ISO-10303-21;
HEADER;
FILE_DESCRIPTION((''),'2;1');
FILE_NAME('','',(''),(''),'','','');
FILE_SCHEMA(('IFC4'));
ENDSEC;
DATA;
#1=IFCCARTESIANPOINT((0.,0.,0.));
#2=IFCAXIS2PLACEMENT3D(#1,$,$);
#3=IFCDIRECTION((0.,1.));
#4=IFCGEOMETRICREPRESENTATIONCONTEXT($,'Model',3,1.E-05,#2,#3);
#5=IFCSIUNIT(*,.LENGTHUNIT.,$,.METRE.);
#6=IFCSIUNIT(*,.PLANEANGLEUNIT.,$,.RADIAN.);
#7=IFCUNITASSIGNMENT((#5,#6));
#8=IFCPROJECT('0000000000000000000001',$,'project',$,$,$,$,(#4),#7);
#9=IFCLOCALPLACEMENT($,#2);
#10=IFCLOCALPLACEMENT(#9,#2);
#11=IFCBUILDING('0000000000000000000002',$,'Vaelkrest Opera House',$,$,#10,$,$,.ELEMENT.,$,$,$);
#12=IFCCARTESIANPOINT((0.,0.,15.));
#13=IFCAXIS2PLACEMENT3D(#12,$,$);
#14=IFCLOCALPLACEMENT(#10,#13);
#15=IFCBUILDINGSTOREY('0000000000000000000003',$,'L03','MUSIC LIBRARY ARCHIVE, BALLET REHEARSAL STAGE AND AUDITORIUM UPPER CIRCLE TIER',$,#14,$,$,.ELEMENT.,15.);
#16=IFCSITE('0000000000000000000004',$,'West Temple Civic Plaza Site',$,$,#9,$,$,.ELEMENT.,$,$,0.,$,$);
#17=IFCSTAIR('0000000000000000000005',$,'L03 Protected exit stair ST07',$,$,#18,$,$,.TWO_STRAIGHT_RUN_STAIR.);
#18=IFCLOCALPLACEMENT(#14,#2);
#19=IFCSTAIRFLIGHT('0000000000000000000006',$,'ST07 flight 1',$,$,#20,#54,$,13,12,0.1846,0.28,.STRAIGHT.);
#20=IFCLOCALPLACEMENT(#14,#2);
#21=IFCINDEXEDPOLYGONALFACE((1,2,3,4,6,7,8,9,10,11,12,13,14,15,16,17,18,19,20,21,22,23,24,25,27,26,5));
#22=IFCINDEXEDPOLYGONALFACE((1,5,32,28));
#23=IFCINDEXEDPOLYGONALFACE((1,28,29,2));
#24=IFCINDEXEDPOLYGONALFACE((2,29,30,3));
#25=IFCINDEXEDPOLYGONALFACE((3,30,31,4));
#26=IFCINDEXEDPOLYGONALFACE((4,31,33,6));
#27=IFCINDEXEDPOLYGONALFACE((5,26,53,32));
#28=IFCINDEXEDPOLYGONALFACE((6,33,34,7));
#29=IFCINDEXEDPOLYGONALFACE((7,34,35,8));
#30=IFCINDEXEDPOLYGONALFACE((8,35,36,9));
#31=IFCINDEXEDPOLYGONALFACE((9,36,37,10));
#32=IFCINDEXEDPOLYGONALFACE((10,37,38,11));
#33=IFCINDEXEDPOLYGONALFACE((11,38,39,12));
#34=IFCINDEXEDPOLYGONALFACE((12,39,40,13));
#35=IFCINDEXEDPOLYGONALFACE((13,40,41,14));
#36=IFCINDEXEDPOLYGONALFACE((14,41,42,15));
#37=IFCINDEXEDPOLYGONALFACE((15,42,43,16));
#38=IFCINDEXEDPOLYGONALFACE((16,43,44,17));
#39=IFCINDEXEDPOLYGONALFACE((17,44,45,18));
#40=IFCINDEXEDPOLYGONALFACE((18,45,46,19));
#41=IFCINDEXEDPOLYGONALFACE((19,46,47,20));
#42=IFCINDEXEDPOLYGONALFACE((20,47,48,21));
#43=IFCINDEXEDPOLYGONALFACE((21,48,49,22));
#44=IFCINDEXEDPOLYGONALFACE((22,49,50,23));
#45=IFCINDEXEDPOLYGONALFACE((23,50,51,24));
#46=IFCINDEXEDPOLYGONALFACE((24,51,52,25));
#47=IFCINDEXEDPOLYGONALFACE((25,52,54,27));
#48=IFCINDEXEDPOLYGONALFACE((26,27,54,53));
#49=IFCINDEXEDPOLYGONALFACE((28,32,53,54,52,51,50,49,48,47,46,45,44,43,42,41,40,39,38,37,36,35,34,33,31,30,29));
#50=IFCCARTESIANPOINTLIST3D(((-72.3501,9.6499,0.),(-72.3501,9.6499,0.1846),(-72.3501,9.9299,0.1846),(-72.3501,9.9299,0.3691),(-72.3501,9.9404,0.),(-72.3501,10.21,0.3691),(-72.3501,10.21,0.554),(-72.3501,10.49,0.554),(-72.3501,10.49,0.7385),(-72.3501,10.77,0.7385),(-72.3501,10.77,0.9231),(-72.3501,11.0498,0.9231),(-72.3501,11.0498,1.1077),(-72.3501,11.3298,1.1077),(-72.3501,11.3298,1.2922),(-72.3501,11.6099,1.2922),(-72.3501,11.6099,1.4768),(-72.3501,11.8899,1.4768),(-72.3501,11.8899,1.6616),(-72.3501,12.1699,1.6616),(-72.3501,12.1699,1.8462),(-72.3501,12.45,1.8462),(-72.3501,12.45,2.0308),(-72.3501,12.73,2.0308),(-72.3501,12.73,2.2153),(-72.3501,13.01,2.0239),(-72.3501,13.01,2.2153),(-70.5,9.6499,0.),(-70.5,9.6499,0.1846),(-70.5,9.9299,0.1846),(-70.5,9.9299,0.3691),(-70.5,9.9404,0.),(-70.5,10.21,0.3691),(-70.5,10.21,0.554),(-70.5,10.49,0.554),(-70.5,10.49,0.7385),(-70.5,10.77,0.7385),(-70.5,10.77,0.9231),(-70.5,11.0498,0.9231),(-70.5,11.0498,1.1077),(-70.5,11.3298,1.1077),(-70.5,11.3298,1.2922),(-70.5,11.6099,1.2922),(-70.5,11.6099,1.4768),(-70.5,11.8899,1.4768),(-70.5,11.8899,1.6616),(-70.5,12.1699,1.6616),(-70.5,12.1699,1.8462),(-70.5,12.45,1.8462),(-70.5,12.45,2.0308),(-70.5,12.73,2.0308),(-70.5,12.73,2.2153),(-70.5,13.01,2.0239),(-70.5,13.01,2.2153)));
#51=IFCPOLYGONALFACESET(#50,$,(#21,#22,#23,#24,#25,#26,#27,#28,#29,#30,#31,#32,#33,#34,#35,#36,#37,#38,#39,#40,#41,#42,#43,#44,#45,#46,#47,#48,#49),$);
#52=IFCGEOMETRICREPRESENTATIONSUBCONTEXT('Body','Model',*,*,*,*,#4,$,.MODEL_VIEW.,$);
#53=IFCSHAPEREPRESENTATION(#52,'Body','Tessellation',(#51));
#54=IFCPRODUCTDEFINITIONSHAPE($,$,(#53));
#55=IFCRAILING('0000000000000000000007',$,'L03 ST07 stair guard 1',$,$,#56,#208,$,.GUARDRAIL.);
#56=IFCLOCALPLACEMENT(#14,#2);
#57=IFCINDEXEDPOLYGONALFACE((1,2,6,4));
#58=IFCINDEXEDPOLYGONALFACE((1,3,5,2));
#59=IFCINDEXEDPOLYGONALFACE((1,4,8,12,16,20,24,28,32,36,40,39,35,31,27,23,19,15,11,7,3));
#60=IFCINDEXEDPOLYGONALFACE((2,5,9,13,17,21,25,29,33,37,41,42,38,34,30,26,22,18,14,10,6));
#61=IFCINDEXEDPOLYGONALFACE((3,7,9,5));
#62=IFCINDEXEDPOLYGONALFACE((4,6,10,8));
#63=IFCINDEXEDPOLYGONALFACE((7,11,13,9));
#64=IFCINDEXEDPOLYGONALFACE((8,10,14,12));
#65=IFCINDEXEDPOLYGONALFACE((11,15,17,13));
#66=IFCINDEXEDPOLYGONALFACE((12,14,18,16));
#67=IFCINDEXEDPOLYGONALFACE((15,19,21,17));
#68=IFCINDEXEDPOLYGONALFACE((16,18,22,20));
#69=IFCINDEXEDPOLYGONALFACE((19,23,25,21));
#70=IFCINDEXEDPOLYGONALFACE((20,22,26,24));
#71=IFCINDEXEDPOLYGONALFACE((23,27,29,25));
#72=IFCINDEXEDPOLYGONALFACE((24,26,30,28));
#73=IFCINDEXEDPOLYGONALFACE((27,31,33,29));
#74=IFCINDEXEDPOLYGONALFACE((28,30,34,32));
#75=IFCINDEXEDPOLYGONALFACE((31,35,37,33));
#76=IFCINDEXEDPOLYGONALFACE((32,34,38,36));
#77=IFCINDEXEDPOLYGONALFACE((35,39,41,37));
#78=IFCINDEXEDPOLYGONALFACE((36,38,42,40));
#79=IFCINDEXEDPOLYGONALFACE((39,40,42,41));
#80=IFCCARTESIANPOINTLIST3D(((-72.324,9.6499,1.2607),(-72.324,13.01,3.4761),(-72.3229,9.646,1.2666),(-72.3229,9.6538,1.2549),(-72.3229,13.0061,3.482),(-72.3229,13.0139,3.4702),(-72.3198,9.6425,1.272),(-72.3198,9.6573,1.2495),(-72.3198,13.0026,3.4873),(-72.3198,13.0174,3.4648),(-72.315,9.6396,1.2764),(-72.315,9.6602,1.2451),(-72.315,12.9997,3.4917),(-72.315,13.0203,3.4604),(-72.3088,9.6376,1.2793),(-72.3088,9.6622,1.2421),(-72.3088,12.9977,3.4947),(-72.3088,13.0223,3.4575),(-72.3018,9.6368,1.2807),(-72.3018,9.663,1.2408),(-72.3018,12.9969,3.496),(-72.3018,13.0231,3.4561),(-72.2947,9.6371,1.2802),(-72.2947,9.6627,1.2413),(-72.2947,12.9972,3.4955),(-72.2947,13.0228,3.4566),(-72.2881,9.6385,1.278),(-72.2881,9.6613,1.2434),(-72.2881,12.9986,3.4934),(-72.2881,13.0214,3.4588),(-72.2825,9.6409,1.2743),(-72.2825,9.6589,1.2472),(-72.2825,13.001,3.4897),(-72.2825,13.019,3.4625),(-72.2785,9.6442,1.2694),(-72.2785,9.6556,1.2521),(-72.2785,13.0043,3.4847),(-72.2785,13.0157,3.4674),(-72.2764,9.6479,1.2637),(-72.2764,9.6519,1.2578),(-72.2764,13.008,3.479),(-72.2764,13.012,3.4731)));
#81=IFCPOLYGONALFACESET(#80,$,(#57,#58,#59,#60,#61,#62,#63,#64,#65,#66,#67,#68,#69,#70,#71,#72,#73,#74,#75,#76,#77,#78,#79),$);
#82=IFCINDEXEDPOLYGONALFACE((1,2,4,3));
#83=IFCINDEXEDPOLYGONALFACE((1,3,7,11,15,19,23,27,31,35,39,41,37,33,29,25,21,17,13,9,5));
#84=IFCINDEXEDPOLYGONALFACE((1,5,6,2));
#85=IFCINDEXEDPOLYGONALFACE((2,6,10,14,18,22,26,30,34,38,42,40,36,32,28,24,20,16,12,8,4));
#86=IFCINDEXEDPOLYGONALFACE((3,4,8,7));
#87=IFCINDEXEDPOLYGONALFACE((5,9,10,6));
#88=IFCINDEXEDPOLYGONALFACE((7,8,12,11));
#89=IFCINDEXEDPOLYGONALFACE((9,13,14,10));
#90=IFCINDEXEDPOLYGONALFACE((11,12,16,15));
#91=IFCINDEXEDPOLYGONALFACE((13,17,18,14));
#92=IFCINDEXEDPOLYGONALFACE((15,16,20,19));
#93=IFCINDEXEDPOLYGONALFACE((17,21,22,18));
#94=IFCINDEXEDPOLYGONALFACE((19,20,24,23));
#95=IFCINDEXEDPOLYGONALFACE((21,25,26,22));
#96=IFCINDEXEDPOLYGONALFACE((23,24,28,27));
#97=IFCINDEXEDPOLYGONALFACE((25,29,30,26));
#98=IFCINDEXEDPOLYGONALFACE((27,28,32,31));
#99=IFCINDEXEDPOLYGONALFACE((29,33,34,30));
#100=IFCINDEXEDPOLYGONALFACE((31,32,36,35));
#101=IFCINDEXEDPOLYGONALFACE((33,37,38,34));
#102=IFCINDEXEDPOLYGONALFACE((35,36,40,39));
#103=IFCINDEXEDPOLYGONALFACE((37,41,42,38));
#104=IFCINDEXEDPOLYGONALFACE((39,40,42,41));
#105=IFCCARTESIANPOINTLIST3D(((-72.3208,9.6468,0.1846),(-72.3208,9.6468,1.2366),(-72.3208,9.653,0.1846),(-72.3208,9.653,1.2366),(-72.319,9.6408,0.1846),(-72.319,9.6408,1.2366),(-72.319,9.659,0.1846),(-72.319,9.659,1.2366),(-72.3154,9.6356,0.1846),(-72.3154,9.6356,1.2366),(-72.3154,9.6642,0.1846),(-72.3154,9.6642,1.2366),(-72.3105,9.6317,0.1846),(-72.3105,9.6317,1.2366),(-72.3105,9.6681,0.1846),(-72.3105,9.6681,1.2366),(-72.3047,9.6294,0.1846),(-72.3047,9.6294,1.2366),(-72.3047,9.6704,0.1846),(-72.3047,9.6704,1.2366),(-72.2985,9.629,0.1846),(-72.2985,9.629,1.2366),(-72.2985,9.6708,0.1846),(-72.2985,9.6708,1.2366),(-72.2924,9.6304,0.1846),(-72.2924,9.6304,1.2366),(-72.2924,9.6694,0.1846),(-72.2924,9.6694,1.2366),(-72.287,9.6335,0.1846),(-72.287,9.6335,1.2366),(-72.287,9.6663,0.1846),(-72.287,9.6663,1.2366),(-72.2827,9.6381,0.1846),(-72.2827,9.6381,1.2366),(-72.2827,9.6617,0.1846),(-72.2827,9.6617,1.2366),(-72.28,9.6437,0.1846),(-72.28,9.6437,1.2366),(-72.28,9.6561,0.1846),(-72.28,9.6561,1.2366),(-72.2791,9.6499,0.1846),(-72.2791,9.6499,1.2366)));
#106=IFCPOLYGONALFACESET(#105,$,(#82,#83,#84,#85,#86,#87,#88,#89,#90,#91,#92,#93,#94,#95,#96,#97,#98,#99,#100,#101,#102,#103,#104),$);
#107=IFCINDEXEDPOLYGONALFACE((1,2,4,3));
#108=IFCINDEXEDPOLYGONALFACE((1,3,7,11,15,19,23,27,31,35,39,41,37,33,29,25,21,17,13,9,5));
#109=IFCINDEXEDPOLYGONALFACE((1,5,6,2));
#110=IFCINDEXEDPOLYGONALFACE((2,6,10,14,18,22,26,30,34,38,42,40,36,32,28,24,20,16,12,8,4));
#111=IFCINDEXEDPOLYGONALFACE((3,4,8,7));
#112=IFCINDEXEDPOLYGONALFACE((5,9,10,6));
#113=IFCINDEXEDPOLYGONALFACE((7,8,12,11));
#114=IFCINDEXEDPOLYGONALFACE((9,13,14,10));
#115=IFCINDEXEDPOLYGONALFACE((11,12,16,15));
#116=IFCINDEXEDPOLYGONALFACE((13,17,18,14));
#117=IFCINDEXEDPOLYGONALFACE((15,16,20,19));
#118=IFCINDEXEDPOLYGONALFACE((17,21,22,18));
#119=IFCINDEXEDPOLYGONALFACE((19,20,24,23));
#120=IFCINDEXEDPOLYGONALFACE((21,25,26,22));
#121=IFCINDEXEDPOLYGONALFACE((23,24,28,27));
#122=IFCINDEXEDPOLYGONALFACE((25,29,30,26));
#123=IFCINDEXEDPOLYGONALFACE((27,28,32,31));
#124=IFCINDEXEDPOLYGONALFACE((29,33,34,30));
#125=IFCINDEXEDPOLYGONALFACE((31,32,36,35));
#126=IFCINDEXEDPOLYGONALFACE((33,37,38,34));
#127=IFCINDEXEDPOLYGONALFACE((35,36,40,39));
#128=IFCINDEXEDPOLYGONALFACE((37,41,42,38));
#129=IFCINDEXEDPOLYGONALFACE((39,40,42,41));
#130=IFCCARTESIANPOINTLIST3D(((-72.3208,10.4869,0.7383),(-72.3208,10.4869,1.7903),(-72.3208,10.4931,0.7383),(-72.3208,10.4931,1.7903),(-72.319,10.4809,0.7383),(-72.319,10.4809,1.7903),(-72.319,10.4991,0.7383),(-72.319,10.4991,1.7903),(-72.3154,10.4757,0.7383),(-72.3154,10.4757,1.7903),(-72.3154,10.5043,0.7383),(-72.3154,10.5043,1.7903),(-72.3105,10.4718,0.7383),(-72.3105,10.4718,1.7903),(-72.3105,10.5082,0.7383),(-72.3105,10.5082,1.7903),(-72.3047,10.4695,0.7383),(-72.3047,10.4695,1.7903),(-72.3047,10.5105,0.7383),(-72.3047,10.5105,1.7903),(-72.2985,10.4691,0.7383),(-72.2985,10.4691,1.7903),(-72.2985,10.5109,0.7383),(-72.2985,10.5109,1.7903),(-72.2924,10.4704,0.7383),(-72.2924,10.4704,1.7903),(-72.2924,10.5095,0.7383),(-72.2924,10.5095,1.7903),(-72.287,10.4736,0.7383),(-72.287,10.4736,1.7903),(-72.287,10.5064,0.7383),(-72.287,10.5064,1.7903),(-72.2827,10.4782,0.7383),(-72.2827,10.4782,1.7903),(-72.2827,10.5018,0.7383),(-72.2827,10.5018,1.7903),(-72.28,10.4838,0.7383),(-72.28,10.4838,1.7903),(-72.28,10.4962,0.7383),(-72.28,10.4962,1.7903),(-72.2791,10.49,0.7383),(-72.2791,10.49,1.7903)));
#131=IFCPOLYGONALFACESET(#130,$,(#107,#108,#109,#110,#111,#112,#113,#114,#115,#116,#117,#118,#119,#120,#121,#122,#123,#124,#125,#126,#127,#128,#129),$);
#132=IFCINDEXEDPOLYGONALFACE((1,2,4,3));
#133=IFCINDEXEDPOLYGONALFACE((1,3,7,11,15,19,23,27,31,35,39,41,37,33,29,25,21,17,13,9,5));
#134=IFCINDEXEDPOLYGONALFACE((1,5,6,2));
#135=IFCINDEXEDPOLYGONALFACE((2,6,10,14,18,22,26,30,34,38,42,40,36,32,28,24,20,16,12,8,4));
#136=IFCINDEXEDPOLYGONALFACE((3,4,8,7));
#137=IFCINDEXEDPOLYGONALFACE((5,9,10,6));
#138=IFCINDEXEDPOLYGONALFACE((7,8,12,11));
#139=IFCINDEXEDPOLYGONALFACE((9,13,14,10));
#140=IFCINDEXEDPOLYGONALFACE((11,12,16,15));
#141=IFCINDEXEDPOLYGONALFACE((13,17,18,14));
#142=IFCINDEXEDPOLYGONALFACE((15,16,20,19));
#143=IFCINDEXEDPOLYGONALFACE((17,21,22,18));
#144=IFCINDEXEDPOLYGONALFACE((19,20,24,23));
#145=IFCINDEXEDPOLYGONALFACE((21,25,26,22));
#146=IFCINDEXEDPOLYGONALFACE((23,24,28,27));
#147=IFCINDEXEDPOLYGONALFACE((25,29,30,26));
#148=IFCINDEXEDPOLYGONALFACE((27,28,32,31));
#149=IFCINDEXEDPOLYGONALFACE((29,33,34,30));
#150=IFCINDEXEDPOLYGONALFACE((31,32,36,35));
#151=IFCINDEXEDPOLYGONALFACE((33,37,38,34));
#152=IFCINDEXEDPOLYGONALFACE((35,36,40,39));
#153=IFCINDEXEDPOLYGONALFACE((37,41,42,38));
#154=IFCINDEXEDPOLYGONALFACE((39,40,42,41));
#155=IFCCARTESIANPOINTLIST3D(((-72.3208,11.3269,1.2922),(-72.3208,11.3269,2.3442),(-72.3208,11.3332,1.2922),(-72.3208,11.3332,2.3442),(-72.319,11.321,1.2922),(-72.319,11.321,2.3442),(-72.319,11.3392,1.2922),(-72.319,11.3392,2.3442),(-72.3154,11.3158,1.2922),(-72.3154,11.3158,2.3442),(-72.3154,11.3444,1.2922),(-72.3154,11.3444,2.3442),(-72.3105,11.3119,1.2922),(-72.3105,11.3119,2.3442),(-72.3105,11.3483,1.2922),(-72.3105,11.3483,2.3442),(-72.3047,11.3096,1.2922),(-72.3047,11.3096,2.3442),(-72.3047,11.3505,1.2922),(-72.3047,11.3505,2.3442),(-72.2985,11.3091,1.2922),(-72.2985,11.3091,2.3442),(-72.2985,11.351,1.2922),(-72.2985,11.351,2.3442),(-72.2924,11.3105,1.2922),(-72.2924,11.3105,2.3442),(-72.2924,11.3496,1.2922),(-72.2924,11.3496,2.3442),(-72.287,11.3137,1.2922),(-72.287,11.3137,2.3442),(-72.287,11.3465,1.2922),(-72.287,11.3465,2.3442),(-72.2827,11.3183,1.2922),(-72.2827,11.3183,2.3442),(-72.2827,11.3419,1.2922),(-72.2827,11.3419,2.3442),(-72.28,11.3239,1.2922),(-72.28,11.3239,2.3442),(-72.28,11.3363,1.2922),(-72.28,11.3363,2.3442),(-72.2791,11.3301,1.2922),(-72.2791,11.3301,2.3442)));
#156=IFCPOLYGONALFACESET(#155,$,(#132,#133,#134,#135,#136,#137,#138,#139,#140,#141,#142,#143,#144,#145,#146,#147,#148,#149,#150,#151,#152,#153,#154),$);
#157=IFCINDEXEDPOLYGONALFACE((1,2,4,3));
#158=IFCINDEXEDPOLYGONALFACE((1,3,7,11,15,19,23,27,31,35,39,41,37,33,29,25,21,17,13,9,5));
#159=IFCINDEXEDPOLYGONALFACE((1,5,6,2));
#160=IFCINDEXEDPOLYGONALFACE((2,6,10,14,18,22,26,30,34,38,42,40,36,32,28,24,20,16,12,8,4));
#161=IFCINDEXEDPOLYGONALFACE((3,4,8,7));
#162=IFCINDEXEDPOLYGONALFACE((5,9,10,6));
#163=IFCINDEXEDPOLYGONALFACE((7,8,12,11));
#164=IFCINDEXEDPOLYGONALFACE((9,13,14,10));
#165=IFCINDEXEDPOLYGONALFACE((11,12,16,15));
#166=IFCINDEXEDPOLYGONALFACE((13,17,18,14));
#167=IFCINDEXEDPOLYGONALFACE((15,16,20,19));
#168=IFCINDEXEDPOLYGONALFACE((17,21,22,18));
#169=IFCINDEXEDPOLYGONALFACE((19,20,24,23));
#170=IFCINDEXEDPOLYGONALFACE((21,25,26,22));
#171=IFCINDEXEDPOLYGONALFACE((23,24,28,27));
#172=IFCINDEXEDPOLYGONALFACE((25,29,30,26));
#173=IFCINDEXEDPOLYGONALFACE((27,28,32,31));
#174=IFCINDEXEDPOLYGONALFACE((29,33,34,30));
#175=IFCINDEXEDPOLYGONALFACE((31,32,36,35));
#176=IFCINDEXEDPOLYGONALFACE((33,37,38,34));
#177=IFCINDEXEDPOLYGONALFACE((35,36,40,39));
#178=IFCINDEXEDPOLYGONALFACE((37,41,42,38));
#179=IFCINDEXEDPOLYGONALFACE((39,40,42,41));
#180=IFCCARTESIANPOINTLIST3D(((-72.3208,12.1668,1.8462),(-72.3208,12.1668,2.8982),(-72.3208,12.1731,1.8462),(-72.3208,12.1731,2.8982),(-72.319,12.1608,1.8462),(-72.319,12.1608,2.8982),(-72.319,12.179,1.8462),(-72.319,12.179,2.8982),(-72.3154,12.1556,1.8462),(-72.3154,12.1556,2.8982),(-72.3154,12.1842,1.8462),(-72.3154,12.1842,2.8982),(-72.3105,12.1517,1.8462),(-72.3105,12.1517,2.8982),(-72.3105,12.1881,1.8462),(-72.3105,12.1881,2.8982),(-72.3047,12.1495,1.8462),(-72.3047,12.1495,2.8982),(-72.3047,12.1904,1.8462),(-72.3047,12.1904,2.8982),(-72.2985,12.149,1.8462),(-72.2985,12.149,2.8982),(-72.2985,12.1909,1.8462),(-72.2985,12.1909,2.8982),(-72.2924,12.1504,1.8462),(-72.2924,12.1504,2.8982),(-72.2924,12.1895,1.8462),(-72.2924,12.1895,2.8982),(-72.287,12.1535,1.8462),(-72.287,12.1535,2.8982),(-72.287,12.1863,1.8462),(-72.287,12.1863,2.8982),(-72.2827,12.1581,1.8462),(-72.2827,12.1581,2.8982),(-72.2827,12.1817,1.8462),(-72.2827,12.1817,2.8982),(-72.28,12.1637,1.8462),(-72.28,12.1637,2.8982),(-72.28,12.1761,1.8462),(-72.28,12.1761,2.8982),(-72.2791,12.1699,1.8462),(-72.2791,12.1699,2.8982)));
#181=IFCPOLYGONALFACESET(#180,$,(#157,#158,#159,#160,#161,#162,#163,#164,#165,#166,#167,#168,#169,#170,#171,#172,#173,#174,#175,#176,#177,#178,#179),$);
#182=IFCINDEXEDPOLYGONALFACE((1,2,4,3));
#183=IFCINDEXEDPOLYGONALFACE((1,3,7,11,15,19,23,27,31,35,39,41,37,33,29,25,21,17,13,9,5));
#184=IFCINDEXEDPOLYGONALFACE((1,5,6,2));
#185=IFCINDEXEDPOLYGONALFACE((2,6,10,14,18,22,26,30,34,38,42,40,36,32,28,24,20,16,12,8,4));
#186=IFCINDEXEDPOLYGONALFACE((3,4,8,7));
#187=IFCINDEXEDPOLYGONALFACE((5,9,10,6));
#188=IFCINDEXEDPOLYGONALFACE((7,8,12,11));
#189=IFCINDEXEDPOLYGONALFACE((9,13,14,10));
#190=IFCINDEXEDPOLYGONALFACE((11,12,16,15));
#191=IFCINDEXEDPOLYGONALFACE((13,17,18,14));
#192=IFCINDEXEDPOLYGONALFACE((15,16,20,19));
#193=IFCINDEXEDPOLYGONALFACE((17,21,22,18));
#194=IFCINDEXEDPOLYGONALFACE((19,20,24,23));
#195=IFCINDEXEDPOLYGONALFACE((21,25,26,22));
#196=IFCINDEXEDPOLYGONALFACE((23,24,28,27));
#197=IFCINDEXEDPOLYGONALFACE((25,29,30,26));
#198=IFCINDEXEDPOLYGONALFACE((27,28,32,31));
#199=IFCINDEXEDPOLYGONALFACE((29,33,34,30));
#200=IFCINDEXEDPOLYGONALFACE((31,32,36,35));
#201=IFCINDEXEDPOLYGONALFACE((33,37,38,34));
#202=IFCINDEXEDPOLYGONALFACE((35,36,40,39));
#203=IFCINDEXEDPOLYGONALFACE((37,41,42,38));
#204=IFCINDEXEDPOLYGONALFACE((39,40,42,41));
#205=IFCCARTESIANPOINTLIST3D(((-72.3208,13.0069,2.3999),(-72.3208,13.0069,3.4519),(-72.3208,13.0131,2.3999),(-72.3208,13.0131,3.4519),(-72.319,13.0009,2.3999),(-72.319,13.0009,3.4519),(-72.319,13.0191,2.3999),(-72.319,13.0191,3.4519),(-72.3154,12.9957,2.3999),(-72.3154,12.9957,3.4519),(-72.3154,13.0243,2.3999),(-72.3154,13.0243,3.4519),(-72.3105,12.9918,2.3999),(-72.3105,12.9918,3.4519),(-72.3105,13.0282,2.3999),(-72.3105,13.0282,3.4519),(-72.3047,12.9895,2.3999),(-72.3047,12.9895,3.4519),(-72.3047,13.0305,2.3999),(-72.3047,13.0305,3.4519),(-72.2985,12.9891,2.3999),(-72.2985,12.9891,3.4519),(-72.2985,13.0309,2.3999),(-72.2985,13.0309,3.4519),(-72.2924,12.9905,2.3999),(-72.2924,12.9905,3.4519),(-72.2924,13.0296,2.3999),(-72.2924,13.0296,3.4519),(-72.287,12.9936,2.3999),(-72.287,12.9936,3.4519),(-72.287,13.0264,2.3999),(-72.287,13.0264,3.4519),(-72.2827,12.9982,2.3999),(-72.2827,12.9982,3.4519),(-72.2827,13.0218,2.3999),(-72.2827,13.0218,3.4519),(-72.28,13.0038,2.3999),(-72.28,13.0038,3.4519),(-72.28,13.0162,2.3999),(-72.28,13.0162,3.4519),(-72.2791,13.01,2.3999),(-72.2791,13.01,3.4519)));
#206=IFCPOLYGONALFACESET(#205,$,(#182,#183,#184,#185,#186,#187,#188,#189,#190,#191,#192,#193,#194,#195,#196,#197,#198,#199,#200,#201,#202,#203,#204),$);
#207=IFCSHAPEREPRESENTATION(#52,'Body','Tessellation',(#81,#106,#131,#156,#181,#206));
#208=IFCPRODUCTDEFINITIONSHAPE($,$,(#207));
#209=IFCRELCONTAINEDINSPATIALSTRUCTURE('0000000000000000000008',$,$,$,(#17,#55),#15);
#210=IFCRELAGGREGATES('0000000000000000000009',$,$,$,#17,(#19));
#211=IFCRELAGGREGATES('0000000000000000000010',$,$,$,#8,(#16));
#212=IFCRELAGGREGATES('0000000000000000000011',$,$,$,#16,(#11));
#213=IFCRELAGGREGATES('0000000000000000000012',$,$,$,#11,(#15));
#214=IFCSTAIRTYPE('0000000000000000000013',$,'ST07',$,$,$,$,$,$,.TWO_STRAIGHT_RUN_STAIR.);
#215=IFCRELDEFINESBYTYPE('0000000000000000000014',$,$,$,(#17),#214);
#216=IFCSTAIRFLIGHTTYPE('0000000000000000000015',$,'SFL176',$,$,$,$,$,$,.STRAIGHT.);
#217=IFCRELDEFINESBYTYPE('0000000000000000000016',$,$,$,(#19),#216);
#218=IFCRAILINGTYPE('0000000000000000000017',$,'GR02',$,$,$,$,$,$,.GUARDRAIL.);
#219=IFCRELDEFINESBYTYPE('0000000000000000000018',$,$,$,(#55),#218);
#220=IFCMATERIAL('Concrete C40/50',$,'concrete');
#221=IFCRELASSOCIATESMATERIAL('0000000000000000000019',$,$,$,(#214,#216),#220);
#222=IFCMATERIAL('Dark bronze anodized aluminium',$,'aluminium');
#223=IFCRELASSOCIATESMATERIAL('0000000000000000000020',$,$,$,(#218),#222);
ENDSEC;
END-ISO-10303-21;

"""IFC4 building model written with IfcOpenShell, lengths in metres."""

from ifc_helpers import new_model, si_unit, direction, frame, origin, origin_2d, place, context, subcontext, project, spatial, polyline, circle, outline, extrude, material, type_object, element, aggregate, save


model = new_model("IFC4")

# Units and contexts
model_context = context("Model", 3, precision=1e-05, world=origin(), true_north=direction((0.0, 1.0)))
body_context = subcontext(model_context, "Body", "Model", "MODEL_VIEW")
ifc_project = project(units=[si_unit("LENGTHUNIT", "METRE"), si_unit("PLANEANGLEUNIT", "RADIAN")], contexts=[model_context])

# Site, building, storey
site_placement = place(None, origin())
site = spatial("IfcSite", under=ifc_project, at=site_placement, Name="West Temple Civic Plaza Site", CompositionType="ELEMENT", RefElevation=0.0)
building_placement = place(site_placement, origin())
building = spatial("IfcBuilding", under=site, at=building_placement, Name="Vaelkrest Opera House", CompositionType="ELEMENT")
storey_placement = place(building_placement, frame((0.0, 0.0, 15.0)))
storey = spatial("IfcBuildingStorey", under=building, at=storey_placement, Name="L03", Description="MUSIC LIBRARY ARCHIVE, BALLET REHEARSAL STAGE AND AUDITORIUM UPPER CIRCLE TIER", CompositionType="ELEMENT", Elevation=15.0)

# Shared definitions
ifc_material_1 = material(Name="Dark bronze anodized aluminium", Category="aluminium")

# Stair, stair flight
ifc_material_2 = material(Name="Concrete C40/50", Category="concrete")
stair_type = type_object("IfcStairType", Name="ST07", PredefinedType="TWO_STRAIGHT_RUN_STAIR", material=ifc_material_2)
stair_placement = place(storey_placement, origin())
stair = element("IfcStair", 1, at=stair_placement, inside=storey, type_object=stair_type, Name="L03 Protected exit stair ST07", PredefinedType="TWO_STRAIGHT_RUN_STAIR")
stair_flight_type = type_object("IfcStairFlightType", Name="SFL176", PredefinedType="STRAIGHT", material=ifc_material_2)
stair_flight_placement = place(storey_placement, frame((-71.425, 9.6499, 0.0), z_axis=(0.0, 0.0, 1.0), x_axis=(0.0, 1.0, 0.0)))
stair_flight = element("IfcStairFlight", 2, at=stair_flight_placement, type_object=stair_flight_type, Name="ST07 flight 1", NumberOfRisers=13, NumberOfTreads=12, PredefinedType="STRAIGHT", RiserHeight=0.1846, TreadLength=0.28, context=body_context, shape_type="SweptSolid", body=[
    extrude(outline(polyline([(0.0, 0.0), (0.0, 0.1846), (0.28, 0.1846), (0.28, 0.3691), (0.5601, 0.3691), (0.5601, 0.554), (0.8401, 0.554), (0.8401, 0.7385), (1.1201, 0.7385), (1.1201, 0.9231), (1.3999, 0.9231), (1.3999, 1.1077), (1.6799, 1.1077), (1.6799, 1.2922), (1.96, 1.2922), (1.96, 1.4768), (2.24, 1.4768), (2.24, 1.6616), (2.52, 1.6616), (2.52, 1.8462), (2.8, 1.8462), (2.8, 2.0308), (3.0801, 2.0308), (3.0801, 2.2153), (3.3601, 2.2153), (3.3601, 2.3999), (3.3601, 2.0239), (0.2905, 0.0), (0.0, 0.0)])), frame((0.0, 0.925, 0.0), z_axis=(0.0, -1.0, 0.0), x_axis=(1.0, 0.0, 0.0)), (0.0, 0.0, 1.0), 1.8501),
])
aggregate(stair, [stair_flight])

# Railing
railing_type_1 = type_object("IfcRailingType", Name="GR02", PredefinedType="GUARDRAIL", material=ifc_material_1)
railing_1_placement = place(storey_placement, frame((-72.3, 9.6499, 0.1846)))
element("IfcRailing", 3, at=railing_1_placement, inside=storey, type_object=railing_type_1, Name="L03 ST07 stair guard 1", PredefinedType="GUARDRAIL", context=body_context, shape_type="SweptSolid", body=[
    extrude(circle(Radius=0.0239, at=origin_2d()), frame((0.0, 0.0, 1.0762), z_axis=(0.0, 0.834876, 0.550437), x_axis=(-1.0, 0.0, 0.0)), (0.0, 0.0, 1.0), 4.0247),
    extrude(circle(Radius=0.021, at=origin_2d()), origin(), (0.0, 0.0, 1.0), 1.052),
    extrude(circle(Radius=0.021, at=origin_2d()), frame((0.0, 0.8401, 0.5537)), (0.0, 0.0, 1.0), 1.052),
    extrude(circle(Radius=0.021, at=origin_2d()), frame((0.0, 1.6802, 1.1077)), (0.0, 0.0, 1.0), 1.052),
    extrude(circle(Radius=0.021, at=origin_2d()), frame((0.0, 2.52, 1.6616)), (0.0, 0.0, 1.0), 1.052),
    extrude(circle(Radius=0.021, at=origin_2d()), frame((0.0, 3.3601, 2.2153)), (0.0, 0.0, 1.0), 1.052),
])

save(model, "model.ifc")
